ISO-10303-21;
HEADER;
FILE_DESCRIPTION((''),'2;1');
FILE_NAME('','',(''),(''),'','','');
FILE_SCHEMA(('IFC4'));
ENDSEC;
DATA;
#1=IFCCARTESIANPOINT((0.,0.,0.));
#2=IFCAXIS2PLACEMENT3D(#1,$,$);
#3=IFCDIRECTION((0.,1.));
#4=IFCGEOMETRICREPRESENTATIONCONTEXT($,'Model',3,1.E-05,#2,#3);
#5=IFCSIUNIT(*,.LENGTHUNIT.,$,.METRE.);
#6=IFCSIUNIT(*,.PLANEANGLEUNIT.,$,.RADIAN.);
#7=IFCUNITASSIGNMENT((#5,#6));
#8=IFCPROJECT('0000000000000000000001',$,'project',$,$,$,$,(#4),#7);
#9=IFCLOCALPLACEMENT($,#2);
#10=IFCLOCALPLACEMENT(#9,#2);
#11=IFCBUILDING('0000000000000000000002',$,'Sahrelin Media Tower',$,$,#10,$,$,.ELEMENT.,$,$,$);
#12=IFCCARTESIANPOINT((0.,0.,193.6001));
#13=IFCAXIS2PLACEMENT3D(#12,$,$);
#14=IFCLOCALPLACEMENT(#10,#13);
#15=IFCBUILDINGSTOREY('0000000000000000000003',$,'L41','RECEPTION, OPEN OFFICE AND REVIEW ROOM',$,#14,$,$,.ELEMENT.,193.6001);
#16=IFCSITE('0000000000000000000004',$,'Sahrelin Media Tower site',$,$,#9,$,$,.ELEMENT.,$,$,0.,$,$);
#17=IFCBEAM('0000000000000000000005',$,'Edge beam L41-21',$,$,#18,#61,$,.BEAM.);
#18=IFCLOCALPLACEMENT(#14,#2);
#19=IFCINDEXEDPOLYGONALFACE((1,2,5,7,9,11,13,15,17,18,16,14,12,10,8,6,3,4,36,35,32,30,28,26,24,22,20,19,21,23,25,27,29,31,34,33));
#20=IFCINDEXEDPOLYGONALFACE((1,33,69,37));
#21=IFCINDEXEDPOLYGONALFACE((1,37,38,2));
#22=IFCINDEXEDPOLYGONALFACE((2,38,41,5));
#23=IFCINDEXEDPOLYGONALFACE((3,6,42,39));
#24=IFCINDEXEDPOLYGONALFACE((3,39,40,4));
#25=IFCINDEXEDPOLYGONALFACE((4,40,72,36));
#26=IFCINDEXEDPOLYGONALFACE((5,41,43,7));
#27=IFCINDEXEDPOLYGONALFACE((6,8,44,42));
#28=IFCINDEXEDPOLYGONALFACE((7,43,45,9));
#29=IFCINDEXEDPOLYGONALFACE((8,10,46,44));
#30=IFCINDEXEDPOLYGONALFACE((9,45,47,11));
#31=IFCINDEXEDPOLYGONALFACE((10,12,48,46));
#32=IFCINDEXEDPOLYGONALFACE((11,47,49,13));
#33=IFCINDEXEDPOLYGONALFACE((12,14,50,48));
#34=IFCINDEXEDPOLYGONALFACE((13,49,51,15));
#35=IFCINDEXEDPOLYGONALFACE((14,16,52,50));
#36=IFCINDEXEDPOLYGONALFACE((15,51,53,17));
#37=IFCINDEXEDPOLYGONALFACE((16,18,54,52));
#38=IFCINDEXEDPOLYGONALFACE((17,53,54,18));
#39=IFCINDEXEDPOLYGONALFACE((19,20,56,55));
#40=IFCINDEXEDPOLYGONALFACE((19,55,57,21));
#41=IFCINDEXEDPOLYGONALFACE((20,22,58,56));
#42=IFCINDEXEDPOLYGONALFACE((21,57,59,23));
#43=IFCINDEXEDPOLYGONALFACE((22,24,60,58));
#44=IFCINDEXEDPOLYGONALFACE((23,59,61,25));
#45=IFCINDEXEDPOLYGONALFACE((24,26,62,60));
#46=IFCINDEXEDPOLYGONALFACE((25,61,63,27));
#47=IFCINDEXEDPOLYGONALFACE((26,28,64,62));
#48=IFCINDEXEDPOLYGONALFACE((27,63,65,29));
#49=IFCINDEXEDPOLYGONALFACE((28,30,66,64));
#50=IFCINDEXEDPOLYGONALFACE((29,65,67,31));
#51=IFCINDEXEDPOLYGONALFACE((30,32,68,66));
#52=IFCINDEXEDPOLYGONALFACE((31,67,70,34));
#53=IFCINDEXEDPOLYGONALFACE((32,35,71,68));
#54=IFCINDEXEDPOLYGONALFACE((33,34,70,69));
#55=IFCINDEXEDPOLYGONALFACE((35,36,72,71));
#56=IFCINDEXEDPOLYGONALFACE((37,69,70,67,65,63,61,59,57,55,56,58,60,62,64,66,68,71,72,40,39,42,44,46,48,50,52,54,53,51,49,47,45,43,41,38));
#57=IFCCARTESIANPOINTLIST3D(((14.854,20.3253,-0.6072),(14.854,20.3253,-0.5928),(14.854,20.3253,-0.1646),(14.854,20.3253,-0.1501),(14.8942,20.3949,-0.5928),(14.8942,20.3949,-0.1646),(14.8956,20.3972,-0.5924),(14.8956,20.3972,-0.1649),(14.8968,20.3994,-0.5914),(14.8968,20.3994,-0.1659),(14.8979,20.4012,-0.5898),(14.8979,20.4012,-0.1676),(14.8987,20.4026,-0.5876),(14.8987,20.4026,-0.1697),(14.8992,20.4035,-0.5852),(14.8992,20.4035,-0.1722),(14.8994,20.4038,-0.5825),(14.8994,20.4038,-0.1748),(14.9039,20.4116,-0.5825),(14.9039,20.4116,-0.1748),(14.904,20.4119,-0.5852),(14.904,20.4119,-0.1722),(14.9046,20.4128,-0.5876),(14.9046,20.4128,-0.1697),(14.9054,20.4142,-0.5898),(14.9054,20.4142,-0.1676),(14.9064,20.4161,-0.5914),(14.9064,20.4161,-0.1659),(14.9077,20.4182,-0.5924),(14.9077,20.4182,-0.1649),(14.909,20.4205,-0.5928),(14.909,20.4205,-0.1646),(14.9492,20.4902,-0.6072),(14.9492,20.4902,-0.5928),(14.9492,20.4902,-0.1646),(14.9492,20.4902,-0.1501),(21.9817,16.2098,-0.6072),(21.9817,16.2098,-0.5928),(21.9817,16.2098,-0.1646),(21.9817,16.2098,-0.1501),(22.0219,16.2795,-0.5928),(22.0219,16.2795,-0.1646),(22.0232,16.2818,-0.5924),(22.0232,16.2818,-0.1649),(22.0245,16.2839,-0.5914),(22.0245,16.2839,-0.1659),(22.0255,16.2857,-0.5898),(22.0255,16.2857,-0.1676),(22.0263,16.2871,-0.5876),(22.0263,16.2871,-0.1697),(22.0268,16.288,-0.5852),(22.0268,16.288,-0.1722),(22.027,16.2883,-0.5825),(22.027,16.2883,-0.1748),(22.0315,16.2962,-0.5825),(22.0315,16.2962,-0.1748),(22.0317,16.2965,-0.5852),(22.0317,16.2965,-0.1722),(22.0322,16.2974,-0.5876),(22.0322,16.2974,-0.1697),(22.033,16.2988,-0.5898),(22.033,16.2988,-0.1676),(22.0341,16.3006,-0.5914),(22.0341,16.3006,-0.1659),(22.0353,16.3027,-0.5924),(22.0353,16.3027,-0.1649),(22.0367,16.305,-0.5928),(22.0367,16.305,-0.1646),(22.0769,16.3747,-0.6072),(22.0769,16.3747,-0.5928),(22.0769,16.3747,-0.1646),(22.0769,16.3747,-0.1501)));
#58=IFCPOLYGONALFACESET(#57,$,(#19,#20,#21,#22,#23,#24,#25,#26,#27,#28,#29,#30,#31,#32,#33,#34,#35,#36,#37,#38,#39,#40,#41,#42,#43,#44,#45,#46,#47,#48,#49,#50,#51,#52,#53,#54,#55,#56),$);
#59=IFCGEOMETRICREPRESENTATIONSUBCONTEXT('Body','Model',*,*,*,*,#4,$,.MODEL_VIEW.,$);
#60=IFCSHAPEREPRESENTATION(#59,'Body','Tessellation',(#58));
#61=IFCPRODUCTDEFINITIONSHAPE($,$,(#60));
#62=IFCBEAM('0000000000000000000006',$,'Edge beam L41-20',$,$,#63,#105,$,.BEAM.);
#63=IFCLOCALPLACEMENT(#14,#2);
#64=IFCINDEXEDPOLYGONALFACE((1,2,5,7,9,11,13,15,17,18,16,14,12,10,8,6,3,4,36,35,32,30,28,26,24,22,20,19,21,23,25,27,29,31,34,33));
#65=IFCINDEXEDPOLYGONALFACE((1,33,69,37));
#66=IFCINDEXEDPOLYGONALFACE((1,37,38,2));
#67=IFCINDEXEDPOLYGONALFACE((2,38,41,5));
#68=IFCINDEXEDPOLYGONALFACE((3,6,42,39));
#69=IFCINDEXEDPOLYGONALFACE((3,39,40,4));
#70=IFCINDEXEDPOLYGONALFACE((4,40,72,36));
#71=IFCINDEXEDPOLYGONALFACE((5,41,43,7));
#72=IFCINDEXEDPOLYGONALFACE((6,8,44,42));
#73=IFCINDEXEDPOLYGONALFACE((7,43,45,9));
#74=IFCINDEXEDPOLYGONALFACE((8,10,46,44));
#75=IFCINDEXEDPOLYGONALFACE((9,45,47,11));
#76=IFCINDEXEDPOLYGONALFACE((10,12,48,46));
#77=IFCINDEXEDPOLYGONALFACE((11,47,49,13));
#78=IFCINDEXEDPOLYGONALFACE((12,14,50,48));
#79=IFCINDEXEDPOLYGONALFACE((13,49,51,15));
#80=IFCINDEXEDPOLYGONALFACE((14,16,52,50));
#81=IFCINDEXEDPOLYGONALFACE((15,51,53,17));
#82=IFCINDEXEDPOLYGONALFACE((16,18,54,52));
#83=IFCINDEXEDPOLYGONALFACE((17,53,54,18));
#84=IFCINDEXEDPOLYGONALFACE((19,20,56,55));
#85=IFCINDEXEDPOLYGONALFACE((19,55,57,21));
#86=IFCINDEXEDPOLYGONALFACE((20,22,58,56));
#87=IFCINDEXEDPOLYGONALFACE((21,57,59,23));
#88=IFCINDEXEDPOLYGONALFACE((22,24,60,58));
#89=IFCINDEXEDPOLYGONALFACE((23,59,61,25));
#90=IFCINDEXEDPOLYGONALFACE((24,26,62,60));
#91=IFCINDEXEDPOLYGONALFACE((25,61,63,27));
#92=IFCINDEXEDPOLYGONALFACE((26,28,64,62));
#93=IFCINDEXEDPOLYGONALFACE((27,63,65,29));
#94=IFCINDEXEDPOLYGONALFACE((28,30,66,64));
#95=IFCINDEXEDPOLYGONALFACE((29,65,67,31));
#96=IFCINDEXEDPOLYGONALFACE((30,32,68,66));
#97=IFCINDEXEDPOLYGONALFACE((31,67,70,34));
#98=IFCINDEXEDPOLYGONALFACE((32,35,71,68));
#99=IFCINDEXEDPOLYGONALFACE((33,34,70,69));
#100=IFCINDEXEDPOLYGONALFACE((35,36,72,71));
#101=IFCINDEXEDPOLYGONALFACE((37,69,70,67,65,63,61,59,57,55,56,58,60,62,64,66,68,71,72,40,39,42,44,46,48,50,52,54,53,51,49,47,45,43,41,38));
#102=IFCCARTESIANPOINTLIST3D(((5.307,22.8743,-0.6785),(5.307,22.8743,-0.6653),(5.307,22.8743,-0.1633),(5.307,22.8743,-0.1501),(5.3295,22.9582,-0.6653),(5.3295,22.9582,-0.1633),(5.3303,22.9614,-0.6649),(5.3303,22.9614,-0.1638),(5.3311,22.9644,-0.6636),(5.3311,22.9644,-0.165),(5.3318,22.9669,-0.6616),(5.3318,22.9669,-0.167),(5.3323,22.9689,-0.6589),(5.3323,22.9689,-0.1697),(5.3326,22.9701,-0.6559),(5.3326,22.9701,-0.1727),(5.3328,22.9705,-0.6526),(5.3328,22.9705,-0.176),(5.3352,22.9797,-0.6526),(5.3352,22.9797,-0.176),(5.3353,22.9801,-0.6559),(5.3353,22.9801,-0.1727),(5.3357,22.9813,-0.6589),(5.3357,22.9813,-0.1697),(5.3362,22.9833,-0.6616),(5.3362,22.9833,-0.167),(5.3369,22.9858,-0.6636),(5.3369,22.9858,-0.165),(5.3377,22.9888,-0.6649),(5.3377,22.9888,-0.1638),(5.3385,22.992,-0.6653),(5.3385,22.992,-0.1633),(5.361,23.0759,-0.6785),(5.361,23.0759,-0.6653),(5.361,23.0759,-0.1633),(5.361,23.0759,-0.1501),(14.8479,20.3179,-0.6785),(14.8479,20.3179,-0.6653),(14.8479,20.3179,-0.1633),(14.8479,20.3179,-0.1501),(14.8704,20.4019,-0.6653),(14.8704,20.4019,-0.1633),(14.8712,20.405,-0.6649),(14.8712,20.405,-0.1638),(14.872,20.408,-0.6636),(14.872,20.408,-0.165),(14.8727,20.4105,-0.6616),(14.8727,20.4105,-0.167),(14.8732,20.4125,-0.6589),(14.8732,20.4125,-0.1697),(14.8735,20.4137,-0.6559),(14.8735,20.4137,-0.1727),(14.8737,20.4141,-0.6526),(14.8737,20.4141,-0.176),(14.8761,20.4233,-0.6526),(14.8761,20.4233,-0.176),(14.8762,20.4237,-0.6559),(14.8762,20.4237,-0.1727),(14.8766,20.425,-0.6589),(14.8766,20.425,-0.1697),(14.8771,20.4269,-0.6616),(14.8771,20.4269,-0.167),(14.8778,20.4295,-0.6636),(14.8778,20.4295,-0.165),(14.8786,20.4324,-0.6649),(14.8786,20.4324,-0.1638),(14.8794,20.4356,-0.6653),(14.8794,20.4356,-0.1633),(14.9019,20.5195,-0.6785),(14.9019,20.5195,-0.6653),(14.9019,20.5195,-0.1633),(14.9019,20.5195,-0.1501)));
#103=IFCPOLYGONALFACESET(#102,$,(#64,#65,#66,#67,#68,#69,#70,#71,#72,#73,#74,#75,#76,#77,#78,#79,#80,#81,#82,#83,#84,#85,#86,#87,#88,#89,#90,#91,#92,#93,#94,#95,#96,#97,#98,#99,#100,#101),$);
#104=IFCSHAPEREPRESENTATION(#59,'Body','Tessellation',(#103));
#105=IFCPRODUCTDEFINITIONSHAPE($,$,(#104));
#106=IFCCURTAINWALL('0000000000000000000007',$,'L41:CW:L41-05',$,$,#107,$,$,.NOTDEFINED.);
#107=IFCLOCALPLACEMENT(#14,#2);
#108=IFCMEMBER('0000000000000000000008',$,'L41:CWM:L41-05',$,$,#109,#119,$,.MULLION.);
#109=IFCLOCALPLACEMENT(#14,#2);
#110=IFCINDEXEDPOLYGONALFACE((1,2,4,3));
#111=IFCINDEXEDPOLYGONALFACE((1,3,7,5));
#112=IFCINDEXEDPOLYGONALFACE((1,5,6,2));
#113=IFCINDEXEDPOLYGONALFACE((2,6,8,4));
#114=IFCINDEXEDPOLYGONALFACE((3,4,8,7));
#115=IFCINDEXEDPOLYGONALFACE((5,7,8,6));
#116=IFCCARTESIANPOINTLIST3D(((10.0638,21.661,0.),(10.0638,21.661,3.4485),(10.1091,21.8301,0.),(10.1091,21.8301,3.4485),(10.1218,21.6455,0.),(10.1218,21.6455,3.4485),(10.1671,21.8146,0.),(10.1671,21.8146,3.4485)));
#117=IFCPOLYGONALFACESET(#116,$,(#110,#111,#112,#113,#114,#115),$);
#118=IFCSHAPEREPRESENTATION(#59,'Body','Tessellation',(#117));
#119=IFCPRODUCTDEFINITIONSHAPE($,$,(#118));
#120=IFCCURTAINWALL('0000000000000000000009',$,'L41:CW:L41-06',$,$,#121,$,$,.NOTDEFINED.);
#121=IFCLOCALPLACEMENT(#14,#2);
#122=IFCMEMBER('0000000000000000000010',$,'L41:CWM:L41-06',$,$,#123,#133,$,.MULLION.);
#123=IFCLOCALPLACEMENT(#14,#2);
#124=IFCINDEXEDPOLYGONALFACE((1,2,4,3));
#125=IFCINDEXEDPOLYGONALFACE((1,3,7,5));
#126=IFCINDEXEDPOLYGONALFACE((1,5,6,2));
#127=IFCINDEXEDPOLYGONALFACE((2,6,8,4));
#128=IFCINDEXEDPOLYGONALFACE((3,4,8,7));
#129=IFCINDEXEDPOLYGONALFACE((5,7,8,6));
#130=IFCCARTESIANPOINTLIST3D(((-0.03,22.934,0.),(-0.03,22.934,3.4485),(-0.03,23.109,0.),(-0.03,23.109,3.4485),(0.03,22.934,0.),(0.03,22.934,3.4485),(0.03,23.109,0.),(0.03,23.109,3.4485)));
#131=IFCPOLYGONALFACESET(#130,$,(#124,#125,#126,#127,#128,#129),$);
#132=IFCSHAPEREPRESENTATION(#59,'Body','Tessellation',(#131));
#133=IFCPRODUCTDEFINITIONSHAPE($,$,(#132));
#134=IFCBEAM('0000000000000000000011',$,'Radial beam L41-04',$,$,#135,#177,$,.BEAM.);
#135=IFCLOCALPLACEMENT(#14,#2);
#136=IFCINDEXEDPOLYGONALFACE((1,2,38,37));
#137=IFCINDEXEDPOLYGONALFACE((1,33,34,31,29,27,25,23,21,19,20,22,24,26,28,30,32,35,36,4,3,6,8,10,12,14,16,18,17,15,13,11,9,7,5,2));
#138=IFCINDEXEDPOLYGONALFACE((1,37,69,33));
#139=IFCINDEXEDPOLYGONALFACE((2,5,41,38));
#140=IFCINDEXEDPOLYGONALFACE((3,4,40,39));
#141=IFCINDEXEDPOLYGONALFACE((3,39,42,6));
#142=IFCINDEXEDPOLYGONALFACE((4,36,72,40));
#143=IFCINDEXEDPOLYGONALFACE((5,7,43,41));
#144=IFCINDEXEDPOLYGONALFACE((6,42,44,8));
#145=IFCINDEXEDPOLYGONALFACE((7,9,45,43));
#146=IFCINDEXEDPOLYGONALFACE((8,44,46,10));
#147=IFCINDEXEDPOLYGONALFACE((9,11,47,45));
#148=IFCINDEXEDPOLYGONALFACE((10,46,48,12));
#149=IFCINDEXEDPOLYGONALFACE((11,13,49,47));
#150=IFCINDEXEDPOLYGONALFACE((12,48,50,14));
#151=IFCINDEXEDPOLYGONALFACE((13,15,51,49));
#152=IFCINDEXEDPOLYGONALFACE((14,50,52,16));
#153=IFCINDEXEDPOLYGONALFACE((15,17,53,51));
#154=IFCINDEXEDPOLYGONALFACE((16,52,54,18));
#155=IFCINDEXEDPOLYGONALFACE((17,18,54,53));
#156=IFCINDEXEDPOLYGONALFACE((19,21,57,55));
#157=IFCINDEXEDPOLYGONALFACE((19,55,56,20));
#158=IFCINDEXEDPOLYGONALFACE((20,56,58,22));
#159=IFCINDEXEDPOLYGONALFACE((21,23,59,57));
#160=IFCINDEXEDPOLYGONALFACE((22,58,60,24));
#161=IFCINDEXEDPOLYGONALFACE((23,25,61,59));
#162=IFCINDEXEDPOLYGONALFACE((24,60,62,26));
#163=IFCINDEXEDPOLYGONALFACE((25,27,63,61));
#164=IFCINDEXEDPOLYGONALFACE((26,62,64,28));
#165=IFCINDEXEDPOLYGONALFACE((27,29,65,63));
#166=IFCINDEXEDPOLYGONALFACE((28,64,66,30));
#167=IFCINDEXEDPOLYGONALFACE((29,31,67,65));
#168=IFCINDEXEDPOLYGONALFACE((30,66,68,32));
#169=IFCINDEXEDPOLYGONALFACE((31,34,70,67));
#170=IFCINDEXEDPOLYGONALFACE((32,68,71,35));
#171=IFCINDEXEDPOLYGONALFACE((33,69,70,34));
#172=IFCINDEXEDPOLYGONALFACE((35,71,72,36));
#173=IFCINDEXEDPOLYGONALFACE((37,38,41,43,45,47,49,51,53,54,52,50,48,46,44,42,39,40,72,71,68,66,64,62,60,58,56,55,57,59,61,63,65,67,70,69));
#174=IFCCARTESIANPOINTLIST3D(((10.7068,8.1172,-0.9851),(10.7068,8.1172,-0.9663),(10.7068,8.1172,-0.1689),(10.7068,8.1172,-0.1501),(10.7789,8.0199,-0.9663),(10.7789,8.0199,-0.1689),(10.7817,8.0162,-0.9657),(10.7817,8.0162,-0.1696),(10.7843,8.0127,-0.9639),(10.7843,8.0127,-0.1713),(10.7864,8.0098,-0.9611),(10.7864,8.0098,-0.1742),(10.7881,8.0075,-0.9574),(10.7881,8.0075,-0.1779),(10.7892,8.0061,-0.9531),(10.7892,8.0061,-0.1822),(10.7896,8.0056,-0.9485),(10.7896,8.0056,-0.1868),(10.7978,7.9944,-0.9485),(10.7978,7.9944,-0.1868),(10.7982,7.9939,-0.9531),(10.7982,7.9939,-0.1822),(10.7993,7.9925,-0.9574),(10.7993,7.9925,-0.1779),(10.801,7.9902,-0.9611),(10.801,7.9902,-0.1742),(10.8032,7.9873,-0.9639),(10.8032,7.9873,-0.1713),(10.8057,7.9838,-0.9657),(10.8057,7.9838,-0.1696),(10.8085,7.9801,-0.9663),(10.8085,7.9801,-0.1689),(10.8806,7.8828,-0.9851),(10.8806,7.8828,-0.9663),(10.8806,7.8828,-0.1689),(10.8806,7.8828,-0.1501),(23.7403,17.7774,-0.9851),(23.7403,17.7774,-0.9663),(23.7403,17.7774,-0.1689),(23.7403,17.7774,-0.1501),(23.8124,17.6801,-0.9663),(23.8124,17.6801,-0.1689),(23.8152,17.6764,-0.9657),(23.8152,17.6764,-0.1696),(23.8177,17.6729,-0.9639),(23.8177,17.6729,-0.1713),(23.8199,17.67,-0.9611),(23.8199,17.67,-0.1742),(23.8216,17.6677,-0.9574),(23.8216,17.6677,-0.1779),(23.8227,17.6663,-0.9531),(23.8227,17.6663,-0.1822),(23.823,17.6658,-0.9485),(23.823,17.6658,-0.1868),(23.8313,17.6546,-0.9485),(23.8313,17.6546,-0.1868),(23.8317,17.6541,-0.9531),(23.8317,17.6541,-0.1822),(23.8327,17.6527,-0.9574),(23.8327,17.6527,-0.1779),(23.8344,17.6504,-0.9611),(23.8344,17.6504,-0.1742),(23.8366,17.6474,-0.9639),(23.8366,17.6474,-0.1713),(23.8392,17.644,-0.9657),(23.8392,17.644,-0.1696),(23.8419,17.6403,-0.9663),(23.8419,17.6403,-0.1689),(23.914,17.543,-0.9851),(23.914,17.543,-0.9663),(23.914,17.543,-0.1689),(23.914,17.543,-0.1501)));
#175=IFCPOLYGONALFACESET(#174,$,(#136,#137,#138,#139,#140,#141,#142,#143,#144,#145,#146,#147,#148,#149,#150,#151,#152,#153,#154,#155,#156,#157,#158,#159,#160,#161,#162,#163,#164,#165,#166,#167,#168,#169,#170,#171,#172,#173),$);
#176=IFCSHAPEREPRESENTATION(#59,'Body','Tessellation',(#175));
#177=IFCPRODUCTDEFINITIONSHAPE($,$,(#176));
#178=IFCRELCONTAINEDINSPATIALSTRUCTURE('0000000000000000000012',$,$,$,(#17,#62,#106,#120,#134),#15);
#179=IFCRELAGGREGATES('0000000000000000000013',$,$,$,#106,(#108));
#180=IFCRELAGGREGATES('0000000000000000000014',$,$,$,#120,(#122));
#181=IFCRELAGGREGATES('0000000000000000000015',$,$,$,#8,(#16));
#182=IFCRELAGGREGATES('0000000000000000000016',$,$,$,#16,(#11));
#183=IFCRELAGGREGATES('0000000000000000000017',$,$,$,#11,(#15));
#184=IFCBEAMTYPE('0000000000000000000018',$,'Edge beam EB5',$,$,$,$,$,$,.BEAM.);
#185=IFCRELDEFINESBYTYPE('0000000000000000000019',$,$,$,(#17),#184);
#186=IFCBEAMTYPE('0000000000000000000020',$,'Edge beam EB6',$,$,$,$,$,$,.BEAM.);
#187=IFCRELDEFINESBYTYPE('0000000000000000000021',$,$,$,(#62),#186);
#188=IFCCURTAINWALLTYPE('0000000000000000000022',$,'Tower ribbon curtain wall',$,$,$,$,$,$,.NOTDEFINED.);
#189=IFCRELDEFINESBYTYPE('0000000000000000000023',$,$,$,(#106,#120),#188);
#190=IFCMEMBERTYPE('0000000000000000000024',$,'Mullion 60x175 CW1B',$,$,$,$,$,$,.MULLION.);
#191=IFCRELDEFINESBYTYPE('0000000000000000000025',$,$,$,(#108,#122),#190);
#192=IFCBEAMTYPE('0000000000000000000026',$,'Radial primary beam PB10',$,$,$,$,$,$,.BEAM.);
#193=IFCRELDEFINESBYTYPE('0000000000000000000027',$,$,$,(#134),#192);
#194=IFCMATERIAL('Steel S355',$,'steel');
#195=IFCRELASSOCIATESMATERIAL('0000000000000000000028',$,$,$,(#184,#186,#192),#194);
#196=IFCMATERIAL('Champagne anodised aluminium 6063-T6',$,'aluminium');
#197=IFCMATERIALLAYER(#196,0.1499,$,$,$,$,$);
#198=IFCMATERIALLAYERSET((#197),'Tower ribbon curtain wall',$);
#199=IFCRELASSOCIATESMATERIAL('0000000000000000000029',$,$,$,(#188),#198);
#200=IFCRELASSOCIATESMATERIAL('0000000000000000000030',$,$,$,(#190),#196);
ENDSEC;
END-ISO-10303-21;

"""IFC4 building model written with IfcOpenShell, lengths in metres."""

from ifc_helpers import new_model, si_unit, direction, frame, origin, origin_2d, place, context, subcontext, project, spatial, rectangle, i_section, extrude, material, layer, layer_set, material_profile, profile_set, type_object, element, aggregate, save


model = new_model("IFC4")

# Units and contexts
model_context = context("Model", 3, precision=1e-05, world=origin(), true_north=direction((0.0, 1.0)))
body_context = subcontext(model_context, "Body", "Model", "MODEL_VIEW")
ifc_project = project(units=[si_unit("LENGTHUNIT", "METRE"), si_unit("PLANEANGLEUNIT", "RADIAN")], contexts=[model_context])

# Site, building, storey
site_placement = place(None, origin())
site = spatial("IfcSite", under=ifc_project, at=site_placement, Name="Sahrelin Media Tower site", CompositionType="ELEMENT", RefElevation=0.0)
building_placement = place(site_placement, origin())
building = spatial("IfcBuilding", under=site, at=building_placement, Name="Sahrelin Media Tower", CompositionType="ELEMENT")
storey_placement = place(building_placement, frame((0.0, 0.0, 193.6001)))
storey = spatial("IfcBuildingStorey", under=building, at=storey_placement, Name="L41", Description="RECEPTION, OPEN OFFICE AND REVIEW ROOM", CompositionType="ELEMENT", Elevation=193.6001)

# Beams
ifc_material_1 = material(Name="Steel S355", Category="steel")
ifc_material_profile_1 = material_profile(ifc_material_1, i_section(OverallWidth=0.1904, OverallDepth=0.457, WebThickness=0.009, FlangeThickness=0.0144, FilletRadius=0.0103, at=origin_2d()), Name="UB 457x191x74")
ifc_profile_set_1 = profile_set([ifc_material_profile_1], Name="Steel S355")
beam_type_1 = type_object("IfcBeamType", Name="Edge beam EB5", PredefinedType="BEAM", material=ifc_profile_set_1)
beam_1_placement = place(storey_placement, frame((14.9016, 20.4077, -0.3787), z_axis=(0.866009, -0.500028, 0.0), x_axis=(0.500028, 0.866009, 0.0)))
element("IfcBeam", 1, at=beam_1_placement, inside=storey, type_object=beam_type_1, Name="Edge beam L41-21", PredefinedType="BEAM", context=body_context, shape_type="SweptSolid", body=[
    extrude(i_section(OverallWidth=0.1904, OverallDepth=0.457, WebThickness=0.009, FlangeThickness=0.0144, FilletRadius=0.0103, at=origin_2d()), origin(), (0.0, 0.0, 1.0), 8.2305),
])
ifc_material_profile_2 = material_profile(ifc_material_1, i_section(OverallWidth=0.2087, OverallDepth=0.5283, WebThickness=0.0095, FlangeThickness=0.0132, FilletRadius=0.0127, at=origin_2d()), Name="UB 533x210x82")
ifc_profile_set_2 = profile_set([ifc_material_profile_2], Name="Steel S355")
beam_type_2 = type_object("IfcBeamType", Name="Edge beam EB6", PredefinedType="BEAM", material=ifc_profile_set_2)
beam_2_placement = place(storey_placement, frame((5.334, 22.9751, -0.4143), z_axis=(0.965929, -0.258809, 0.0), x_axis=(0.258809, 0.965929, 0.0)))
element("IfcBeam", 2, at=beam_2_placement, inside=storey, type_object=beam_type_2, Name="Edge beam L41-20", PredefinedType="BEAM", context=body_context, shape_type="SweptSolid", body=[
    extrude(i_section(OverallWidth=0.2087, OverallDepth=0.5283, WebThickness=0.0095, FlangeThickness=0.0132, FilletRadius=0.0127, at=origin_2d()), origin(), (0.0, 0.0, 1.0), 9.8774),
])

# Curtain walls, members
ifc_material_2 = material(Name="Champagne anodised aluminium 6063-T6", Category="aluminium")
ifc_layer_1 = layer(ifc_material_2, 0.1499)
ifc_layer_set_1 = layer_set([ifc_layer_1], Name="Tower ribbon curtain wall")
curtain_wall_type = type_object("IfcCurtainWallType", Name="Tower ribbon curtain wall", PredefinedType="NOTDEFINED", material=ifc_layer_set_1)
curtain_wall_1_placement = place(storey_placement, frame((10.1433, 21.8418, 0.0), z_axis=(0.0, 0.0, 1.0), x_axis=(1.0, 0.0, 0.0)))
curtain_wall_1 = element("IfcCurtainWall", 3, at=curtain_wall_1_placement, inside=storey, type_object=curtain_wall_type, Name="L41:CW:L41-05", PredefinedType="NOTDEFINED")
ifc_material_profile_3 = material_profile(ifc_material_2, rectangle(XDim=0.0601, YDim=0.175, at=origin_2d()), Name="Mullion 60x175")
ifc_profile_set_3 = profile_set([ifc_material_profile_3], Name="Champagne anodised aluminium 6063-T6")
member_type_1 = type_object("IfcMemberType", Name="Mullion 60x175 CW1B", PredefinedType="MULLION", material=ifc_profile_set_3)
member_1_placement = place(storey_placement, frame((10.1155, 21.7378, 0.0), z_axis=(0.0, 0.0, 1.0), x_axis=(-0.965925, 0.258822, 0.0)))
member_1 = element("IfcMember", 4, at=member_1_placement, type_object=member_type_1, Name="L41:CWM:L41-05", PredefinedType="MULLION", context=body_context, shape_type="SweptSolid", body=[
    extrude(rectangle(XDim=0.0601, YDim=0.175, at=origin_2d()), origin(), (0.0, 0.0, 1.0), 3.4485),
])
placement_1 = place(storey_placement, frame((0.0, 23.1289, 0.0), z_axis=(0.0, 0.0, 1.0), x_axis=(1.0, 0.0, 0.0)))
curtain_wall_2 = element("IfcCurtainWall", 5, at=placement_1, inside=storey, type_object=curtain_wall_type, Name="L41:CW:L41-06", PredefinedType="NOTDEFINED")
member_2_placement = place(storey_placement, frame((0.0, 23.0215, 0.0), z_axis=(0.0, 0.0, 1.0), x_axis=(-1.0, 0.0, 0.0)))
member_2 = element("IfcMember", 6, at=member_2_placement, type_object=member_type_1, Name="L41:CWM:L41-06", PredefinedType="MULLION", context=body_context, shape_type="SweptSolid", body=[
    extrude(rectangle(XDim=0.0601, YDim=0.175, at=origin_2d()), origin(), (0.0, 0.0, 1.0), 3.4485),
])

# Beam
ifc_material_profile_4 = material_profile(ifc_material_1, i_section(OverallWidth=0.2917, OverallDepth=0.835, WebThickness=0.0139, FlangeThickness=0.0188, FilletRadius=0.0178, at=origin_2d()), Name="UB 838x292x176")
ifc_profile_set_4 = profile_set([ifc_material_profile_4], Name="Steel S355")
beam_type_3 = type_object("IfcBeamType", Name="Radial primary beam PB10", PredefinedType="BEAM", material=ifc_profile_set_4)
beam_3_placement = place(storey_placement, frame((10.7937, 8.0, -0.5676), z_axis=(0.803388, 0.595456, 0.0), x_axis=(-0.595456, 0.803388, 0.0)))
element("IfcBeam", 7, at=beam_3_placement, inside=storey, type_object=beam_type_3, Name="Radial beam L41-04", PredefinedType="BEAM", context=body_context, shape_type="SweptSolid", body=[
    extrude(i_section(OverallWidth=0.2917, OverallDepth=0.835, WebThickness=0.0139, FlangeThickness=0.0188, FilletRadius=0.0178, at=origin_2d()), origin(), (0.0, 0.0, 1.0), 16.2231),
])

aggregate(curtain_wall_1, [member_1])
aggregate(curtain_wall_2, [member_2])

save(model, "model.ifc")
